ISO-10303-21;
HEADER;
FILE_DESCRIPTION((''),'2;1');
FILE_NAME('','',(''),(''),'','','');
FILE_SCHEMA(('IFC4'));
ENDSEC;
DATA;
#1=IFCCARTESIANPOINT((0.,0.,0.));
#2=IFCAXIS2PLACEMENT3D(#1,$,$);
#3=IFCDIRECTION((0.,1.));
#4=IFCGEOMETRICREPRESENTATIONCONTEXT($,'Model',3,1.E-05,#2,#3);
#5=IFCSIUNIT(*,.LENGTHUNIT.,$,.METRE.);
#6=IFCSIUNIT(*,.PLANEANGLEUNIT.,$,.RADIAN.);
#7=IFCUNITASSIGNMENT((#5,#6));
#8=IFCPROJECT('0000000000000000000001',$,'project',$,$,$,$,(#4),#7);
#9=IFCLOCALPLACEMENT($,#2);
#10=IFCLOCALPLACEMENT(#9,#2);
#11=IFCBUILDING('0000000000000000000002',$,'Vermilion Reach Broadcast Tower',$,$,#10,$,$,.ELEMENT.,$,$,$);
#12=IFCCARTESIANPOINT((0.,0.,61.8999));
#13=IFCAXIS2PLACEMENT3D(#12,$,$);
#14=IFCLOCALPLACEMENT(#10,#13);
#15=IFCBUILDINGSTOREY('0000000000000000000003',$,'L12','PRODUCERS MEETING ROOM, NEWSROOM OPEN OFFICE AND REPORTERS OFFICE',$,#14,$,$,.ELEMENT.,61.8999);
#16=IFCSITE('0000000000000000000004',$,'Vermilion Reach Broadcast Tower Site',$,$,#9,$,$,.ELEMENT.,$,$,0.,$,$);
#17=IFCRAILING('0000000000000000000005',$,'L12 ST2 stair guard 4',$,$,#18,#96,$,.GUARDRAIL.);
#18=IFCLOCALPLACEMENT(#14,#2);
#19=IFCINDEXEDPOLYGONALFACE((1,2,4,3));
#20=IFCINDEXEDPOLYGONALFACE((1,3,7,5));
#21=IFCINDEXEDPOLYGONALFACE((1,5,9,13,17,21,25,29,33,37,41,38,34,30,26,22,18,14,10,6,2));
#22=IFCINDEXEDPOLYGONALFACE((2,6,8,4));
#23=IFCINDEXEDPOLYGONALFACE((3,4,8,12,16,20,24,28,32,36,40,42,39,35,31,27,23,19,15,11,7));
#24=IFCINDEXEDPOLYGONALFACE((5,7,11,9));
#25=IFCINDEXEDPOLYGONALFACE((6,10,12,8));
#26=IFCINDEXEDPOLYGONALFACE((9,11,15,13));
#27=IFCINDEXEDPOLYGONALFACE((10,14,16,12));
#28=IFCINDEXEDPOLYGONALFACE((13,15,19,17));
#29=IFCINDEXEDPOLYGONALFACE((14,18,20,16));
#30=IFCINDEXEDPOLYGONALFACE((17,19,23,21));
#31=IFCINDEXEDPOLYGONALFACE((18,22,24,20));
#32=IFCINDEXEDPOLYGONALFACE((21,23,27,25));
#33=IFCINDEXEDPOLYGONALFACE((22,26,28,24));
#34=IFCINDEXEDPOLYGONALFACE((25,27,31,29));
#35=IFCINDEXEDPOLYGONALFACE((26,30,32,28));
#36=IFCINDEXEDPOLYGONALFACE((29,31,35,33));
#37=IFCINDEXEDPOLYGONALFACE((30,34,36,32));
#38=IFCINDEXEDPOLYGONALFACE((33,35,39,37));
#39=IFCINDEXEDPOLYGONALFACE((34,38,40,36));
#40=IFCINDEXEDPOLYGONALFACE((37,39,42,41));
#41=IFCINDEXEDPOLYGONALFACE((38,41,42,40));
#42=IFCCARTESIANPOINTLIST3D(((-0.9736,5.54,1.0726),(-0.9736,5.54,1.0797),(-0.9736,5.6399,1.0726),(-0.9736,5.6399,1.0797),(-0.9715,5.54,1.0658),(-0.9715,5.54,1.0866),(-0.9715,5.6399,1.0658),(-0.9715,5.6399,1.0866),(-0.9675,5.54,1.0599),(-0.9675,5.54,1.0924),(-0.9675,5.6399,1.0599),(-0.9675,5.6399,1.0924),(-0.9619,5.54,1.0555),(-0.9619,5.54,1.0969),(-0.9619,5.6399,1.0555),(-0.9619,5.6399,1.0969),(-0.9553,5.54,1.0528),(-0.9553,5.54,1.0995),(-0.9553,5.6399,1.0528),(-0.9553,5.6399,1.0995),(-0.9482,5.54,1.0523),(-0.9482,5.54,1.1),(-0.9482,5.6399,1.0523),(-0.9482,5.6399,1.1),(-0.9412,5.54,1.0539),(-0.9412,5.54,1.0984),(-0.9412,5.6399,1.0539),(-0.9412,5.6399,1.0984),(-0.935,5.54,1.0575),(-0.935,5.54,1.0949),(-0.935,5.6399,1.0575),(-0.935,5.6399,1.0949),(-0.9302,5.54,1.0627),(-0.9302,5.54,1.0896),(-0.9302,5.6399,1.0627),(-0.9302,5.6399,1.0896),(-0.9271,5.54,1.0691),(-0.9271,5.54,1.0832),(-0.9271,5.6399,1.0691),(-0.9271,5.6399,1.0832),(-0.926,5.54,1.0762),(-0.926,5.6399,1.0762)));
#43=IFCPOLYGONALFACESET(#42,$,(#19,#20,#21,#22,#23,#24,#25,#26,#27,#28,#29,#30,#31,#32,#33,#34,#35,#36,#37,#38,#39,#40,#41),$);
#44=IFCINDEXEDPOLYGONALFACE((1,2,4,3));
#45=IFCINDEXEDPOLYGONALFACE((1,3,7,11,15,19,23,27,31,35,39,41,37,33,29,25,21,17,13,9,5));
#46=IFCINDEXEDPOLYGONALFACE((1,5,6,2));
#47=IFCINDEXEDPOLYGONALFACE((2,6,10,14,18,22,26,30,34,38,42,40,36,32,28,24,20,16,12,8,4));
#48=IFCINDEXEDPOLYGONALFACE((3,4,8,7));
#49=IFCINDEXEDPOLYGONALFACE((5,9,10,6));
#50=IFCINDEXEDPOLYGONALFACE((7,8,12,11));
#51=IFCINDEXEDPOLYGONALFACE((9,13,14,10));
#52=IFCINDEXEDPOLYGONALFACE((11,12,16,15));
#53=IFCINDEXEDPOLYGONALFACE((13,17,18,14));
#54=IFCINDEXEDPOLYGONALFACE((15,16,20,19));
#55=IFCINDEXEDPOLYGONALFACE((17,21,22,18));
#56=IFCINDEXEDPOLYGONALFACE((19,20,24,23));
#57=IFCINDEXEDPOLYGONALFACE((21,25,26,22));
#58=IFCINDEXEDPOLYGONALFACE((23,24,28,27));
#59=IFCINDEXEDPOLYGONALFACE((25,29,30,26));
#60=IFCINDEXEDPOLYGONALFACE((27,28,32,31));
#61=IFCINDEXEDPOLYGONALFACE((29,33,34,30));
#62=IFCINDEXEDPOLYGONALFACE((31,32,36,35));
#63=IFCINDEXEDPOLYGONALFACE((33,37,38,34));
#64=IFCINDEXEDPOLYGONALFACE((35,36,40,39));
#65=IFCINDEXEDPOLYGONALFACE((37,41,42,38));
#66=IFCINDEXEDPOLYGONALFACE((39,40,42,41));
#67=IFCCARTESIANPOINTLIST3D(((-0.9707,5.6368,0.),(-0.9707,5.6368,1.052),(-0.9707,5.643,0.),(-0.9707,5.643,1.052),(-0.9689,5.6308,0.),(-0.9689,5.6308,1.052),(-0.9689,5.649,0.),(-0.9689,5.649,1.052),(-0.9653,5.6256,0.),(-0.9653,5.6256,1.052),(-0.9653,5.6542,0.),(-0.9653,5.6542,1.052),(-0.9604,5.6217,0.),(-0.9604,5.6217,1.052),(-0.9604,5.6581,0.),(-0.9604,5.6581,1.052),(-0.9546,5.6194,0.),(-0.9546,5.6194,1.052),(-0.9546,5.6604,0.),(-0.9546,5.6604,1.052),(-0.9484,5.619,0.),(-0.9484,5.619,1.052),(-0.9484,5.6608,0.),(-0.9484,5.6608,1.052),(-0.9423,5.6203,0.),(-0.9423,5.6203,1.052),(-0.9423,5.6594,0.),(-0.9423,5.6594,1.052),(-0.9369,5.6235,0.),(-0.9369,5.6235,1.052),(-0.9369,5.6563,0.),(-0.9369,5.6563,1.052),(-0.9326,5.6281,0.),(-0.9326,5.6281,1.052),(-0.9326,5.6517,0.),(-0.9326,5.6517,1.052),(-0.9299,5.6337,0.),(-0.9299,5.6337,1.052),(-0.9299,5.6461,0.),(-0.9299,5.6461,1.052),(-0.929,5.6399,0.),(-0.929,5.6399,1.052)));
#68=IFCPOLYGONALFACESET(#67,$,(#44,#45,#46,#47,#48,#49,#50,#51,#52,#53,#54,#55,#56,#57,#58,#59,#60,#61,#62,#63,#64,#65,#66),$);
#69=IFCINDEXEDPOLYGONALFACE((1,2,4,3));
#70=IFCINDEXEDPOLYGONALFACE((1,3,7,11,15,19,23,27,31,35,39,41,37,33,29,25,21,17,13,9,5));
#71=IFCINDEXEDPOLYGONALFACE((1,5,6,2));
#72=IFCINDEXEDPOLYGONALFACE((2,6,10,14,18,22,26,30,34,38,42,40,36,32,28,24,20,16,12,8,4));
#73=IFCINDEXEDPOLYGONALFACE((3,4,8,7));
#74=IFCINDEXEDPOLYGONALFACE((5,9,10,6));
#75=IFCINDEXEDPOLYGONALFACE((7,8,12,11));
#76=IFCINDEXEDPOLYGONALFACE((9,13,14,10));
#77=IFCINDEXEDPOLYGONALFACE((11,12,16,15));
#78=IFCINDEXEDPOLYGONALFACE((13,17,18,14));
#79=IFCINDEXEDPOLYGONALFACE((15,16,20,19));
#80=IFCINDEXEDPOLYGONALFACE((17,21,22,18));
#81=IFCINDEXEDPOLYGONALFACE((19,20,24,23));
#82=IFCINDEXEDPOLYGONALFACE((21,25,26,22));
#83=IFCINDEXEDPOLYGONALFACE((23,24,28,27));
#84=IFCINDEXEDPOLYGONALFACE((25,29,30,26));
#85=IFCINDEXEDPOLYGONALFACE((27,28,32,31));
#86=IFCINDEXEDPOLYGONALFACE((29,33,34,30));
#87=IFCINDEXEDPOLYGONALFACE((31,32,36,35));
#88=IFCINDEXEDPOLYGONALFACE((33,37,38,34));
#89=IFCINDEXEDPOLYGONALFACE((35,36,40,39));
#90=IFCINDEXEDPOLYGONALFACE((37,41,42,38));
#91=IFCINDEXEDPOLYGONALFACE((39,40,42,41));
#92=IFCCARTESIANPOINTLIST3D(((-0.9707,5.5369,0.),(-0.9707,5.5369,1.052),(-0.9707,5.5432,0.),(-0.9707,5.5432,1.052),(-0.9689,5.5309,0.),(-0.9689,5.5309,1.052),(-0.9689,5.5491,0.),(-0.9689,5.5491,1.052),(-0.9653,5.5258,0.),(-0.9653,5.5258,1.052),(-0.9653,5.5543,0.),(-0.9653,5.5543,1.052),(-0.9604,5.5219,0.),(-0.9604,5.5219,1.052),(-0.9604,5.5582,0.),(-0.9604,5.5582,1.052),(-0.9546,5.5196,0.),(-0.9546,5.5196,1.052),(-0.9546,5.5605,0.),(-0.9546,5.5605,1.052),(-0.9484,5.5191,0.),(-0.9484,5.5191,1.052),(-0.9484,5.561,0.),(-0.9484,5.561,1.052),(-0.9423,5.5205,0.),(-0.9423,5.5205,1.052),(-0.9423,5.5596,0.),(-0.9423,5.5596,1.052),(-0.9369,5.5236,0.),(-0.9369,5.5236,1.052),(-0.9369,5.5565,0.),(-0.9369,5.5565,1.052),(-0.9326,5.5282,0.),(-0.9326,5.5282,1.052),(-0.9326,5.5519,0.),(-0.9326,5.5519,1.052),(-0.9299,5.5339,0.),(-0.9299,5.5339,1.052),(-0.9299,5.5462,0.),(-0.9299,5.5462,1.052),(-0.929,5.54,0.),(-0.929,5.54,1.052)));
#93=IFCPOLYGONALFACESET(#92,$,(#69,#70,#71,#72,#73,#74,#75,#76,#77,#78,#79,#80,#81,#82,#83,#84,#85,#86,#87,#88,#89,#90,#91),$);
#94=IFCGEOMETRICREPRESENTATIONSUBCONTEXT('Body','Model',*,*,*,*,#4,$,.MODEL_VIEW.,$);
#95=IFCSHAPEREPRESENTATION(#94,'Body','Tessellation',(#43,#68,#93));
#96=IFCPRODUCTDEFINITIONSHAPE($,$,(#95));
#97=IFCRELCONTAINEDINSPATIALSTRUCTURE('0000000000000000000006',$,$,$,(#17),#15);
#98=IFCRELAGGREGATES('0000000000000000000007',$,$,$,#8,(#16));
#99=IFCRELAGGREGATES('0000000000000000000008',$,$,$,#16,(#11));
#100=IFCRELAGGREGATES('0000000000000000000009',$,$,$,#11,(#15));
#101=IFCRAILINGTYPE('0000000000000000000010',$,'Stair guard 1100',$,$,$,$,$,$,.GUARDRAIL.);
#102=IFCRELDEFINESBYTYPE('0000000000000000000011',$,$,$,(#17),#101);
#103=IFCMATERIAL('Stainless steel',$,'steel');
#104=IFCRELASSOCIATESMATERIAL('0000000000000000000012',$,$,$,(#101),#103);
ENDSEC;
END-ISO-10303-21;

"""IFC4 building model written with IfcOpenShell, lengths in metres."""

from ifc_helpers import new_model, si_unit, direction, frame, origin, origin_2d, place, context, subcontext, project, spatial, circle, extrude, material, type_object, element, save


model = new_model("IFC4")

# Units and contexts
model_context = context("Model", 3, precision=1e-05, world=origin(), true_north=direction((0.0, 1.0)))
body_context = subcontext(model_context, "Body", "Model", "MODEL_VIEW")
ifc_project = project(units=[si_unit("LENGTHUNIT", "METRE"), si_unit("PLANEANGLEUNIT", "RADIAN")], contexts=[model_context])

# Site, building, storey
site_placement = place(None, origin())
site = spatial("IfcSite", under=ifc_project, at=site_placement, Name="Vermilion Reach Broadcast Tower Site", CompositionType="ELEMENT", RefElevation=0.0)
building_placement = place(site_placement, origin())
building = spatial("IfcBuilding", under=site, at=building_placement, Name="Vermilion Reach Broadcast Tower", CompositionType="ELEMENT")
storey_placement = place(building_placement, frame((0.0, 0.0, 61.8999)))
storey = spatial("IfcBuildingStorey", under=building, at=storey_placement, Name="L12", Description="PRODUCERS MEETING ROOM, NEWSROOM OPEN OFFICE AND REPORTERS OFFICE", CompositionType="ELEMENT", Elevation=61.8999)

# Railing
ifc_material_1 = material(Name="Stainless steel", Category="steel")
railing_type_1 = type_object("IfcRailingType", Name="Stair guard 1100", PredefinedType="GUARDRAIL", material=ifc_material_1)
railing_1_placement = place(storey_placement, frame((-0.95, 5.6399, 0.0)))
element("IfcRailing", 1, at=railing_1_placement, inside=storey, type_object=railing_type_1, Name="L12 ST2 stair guard 4", PredefinedType="GUARDRAIL", context=body_context, shape_type="SweptSolid", body=[
    extrude(circle(Radius=0.0239, at=origin_2d()), frame((0.0, 0.0, 1.0762), z_axis=(0.0, -1.0, 0.0), x_axis=(1.0, 0.0, 0.0)), (0.0, 0.0, 1.0), 0.0999),
    extrude(circle(Radius=0.021, at=origin_2d()), origin(), (0.0, 0.0, 1.0), 1.052),
    extrude(circle(Radius=0.021, at=origin_2d()), frame((0.0, -0.0999, 0.0)), (0.0, 0.0, 1.0), 1.052),
])

save(model, "model.ifc")
